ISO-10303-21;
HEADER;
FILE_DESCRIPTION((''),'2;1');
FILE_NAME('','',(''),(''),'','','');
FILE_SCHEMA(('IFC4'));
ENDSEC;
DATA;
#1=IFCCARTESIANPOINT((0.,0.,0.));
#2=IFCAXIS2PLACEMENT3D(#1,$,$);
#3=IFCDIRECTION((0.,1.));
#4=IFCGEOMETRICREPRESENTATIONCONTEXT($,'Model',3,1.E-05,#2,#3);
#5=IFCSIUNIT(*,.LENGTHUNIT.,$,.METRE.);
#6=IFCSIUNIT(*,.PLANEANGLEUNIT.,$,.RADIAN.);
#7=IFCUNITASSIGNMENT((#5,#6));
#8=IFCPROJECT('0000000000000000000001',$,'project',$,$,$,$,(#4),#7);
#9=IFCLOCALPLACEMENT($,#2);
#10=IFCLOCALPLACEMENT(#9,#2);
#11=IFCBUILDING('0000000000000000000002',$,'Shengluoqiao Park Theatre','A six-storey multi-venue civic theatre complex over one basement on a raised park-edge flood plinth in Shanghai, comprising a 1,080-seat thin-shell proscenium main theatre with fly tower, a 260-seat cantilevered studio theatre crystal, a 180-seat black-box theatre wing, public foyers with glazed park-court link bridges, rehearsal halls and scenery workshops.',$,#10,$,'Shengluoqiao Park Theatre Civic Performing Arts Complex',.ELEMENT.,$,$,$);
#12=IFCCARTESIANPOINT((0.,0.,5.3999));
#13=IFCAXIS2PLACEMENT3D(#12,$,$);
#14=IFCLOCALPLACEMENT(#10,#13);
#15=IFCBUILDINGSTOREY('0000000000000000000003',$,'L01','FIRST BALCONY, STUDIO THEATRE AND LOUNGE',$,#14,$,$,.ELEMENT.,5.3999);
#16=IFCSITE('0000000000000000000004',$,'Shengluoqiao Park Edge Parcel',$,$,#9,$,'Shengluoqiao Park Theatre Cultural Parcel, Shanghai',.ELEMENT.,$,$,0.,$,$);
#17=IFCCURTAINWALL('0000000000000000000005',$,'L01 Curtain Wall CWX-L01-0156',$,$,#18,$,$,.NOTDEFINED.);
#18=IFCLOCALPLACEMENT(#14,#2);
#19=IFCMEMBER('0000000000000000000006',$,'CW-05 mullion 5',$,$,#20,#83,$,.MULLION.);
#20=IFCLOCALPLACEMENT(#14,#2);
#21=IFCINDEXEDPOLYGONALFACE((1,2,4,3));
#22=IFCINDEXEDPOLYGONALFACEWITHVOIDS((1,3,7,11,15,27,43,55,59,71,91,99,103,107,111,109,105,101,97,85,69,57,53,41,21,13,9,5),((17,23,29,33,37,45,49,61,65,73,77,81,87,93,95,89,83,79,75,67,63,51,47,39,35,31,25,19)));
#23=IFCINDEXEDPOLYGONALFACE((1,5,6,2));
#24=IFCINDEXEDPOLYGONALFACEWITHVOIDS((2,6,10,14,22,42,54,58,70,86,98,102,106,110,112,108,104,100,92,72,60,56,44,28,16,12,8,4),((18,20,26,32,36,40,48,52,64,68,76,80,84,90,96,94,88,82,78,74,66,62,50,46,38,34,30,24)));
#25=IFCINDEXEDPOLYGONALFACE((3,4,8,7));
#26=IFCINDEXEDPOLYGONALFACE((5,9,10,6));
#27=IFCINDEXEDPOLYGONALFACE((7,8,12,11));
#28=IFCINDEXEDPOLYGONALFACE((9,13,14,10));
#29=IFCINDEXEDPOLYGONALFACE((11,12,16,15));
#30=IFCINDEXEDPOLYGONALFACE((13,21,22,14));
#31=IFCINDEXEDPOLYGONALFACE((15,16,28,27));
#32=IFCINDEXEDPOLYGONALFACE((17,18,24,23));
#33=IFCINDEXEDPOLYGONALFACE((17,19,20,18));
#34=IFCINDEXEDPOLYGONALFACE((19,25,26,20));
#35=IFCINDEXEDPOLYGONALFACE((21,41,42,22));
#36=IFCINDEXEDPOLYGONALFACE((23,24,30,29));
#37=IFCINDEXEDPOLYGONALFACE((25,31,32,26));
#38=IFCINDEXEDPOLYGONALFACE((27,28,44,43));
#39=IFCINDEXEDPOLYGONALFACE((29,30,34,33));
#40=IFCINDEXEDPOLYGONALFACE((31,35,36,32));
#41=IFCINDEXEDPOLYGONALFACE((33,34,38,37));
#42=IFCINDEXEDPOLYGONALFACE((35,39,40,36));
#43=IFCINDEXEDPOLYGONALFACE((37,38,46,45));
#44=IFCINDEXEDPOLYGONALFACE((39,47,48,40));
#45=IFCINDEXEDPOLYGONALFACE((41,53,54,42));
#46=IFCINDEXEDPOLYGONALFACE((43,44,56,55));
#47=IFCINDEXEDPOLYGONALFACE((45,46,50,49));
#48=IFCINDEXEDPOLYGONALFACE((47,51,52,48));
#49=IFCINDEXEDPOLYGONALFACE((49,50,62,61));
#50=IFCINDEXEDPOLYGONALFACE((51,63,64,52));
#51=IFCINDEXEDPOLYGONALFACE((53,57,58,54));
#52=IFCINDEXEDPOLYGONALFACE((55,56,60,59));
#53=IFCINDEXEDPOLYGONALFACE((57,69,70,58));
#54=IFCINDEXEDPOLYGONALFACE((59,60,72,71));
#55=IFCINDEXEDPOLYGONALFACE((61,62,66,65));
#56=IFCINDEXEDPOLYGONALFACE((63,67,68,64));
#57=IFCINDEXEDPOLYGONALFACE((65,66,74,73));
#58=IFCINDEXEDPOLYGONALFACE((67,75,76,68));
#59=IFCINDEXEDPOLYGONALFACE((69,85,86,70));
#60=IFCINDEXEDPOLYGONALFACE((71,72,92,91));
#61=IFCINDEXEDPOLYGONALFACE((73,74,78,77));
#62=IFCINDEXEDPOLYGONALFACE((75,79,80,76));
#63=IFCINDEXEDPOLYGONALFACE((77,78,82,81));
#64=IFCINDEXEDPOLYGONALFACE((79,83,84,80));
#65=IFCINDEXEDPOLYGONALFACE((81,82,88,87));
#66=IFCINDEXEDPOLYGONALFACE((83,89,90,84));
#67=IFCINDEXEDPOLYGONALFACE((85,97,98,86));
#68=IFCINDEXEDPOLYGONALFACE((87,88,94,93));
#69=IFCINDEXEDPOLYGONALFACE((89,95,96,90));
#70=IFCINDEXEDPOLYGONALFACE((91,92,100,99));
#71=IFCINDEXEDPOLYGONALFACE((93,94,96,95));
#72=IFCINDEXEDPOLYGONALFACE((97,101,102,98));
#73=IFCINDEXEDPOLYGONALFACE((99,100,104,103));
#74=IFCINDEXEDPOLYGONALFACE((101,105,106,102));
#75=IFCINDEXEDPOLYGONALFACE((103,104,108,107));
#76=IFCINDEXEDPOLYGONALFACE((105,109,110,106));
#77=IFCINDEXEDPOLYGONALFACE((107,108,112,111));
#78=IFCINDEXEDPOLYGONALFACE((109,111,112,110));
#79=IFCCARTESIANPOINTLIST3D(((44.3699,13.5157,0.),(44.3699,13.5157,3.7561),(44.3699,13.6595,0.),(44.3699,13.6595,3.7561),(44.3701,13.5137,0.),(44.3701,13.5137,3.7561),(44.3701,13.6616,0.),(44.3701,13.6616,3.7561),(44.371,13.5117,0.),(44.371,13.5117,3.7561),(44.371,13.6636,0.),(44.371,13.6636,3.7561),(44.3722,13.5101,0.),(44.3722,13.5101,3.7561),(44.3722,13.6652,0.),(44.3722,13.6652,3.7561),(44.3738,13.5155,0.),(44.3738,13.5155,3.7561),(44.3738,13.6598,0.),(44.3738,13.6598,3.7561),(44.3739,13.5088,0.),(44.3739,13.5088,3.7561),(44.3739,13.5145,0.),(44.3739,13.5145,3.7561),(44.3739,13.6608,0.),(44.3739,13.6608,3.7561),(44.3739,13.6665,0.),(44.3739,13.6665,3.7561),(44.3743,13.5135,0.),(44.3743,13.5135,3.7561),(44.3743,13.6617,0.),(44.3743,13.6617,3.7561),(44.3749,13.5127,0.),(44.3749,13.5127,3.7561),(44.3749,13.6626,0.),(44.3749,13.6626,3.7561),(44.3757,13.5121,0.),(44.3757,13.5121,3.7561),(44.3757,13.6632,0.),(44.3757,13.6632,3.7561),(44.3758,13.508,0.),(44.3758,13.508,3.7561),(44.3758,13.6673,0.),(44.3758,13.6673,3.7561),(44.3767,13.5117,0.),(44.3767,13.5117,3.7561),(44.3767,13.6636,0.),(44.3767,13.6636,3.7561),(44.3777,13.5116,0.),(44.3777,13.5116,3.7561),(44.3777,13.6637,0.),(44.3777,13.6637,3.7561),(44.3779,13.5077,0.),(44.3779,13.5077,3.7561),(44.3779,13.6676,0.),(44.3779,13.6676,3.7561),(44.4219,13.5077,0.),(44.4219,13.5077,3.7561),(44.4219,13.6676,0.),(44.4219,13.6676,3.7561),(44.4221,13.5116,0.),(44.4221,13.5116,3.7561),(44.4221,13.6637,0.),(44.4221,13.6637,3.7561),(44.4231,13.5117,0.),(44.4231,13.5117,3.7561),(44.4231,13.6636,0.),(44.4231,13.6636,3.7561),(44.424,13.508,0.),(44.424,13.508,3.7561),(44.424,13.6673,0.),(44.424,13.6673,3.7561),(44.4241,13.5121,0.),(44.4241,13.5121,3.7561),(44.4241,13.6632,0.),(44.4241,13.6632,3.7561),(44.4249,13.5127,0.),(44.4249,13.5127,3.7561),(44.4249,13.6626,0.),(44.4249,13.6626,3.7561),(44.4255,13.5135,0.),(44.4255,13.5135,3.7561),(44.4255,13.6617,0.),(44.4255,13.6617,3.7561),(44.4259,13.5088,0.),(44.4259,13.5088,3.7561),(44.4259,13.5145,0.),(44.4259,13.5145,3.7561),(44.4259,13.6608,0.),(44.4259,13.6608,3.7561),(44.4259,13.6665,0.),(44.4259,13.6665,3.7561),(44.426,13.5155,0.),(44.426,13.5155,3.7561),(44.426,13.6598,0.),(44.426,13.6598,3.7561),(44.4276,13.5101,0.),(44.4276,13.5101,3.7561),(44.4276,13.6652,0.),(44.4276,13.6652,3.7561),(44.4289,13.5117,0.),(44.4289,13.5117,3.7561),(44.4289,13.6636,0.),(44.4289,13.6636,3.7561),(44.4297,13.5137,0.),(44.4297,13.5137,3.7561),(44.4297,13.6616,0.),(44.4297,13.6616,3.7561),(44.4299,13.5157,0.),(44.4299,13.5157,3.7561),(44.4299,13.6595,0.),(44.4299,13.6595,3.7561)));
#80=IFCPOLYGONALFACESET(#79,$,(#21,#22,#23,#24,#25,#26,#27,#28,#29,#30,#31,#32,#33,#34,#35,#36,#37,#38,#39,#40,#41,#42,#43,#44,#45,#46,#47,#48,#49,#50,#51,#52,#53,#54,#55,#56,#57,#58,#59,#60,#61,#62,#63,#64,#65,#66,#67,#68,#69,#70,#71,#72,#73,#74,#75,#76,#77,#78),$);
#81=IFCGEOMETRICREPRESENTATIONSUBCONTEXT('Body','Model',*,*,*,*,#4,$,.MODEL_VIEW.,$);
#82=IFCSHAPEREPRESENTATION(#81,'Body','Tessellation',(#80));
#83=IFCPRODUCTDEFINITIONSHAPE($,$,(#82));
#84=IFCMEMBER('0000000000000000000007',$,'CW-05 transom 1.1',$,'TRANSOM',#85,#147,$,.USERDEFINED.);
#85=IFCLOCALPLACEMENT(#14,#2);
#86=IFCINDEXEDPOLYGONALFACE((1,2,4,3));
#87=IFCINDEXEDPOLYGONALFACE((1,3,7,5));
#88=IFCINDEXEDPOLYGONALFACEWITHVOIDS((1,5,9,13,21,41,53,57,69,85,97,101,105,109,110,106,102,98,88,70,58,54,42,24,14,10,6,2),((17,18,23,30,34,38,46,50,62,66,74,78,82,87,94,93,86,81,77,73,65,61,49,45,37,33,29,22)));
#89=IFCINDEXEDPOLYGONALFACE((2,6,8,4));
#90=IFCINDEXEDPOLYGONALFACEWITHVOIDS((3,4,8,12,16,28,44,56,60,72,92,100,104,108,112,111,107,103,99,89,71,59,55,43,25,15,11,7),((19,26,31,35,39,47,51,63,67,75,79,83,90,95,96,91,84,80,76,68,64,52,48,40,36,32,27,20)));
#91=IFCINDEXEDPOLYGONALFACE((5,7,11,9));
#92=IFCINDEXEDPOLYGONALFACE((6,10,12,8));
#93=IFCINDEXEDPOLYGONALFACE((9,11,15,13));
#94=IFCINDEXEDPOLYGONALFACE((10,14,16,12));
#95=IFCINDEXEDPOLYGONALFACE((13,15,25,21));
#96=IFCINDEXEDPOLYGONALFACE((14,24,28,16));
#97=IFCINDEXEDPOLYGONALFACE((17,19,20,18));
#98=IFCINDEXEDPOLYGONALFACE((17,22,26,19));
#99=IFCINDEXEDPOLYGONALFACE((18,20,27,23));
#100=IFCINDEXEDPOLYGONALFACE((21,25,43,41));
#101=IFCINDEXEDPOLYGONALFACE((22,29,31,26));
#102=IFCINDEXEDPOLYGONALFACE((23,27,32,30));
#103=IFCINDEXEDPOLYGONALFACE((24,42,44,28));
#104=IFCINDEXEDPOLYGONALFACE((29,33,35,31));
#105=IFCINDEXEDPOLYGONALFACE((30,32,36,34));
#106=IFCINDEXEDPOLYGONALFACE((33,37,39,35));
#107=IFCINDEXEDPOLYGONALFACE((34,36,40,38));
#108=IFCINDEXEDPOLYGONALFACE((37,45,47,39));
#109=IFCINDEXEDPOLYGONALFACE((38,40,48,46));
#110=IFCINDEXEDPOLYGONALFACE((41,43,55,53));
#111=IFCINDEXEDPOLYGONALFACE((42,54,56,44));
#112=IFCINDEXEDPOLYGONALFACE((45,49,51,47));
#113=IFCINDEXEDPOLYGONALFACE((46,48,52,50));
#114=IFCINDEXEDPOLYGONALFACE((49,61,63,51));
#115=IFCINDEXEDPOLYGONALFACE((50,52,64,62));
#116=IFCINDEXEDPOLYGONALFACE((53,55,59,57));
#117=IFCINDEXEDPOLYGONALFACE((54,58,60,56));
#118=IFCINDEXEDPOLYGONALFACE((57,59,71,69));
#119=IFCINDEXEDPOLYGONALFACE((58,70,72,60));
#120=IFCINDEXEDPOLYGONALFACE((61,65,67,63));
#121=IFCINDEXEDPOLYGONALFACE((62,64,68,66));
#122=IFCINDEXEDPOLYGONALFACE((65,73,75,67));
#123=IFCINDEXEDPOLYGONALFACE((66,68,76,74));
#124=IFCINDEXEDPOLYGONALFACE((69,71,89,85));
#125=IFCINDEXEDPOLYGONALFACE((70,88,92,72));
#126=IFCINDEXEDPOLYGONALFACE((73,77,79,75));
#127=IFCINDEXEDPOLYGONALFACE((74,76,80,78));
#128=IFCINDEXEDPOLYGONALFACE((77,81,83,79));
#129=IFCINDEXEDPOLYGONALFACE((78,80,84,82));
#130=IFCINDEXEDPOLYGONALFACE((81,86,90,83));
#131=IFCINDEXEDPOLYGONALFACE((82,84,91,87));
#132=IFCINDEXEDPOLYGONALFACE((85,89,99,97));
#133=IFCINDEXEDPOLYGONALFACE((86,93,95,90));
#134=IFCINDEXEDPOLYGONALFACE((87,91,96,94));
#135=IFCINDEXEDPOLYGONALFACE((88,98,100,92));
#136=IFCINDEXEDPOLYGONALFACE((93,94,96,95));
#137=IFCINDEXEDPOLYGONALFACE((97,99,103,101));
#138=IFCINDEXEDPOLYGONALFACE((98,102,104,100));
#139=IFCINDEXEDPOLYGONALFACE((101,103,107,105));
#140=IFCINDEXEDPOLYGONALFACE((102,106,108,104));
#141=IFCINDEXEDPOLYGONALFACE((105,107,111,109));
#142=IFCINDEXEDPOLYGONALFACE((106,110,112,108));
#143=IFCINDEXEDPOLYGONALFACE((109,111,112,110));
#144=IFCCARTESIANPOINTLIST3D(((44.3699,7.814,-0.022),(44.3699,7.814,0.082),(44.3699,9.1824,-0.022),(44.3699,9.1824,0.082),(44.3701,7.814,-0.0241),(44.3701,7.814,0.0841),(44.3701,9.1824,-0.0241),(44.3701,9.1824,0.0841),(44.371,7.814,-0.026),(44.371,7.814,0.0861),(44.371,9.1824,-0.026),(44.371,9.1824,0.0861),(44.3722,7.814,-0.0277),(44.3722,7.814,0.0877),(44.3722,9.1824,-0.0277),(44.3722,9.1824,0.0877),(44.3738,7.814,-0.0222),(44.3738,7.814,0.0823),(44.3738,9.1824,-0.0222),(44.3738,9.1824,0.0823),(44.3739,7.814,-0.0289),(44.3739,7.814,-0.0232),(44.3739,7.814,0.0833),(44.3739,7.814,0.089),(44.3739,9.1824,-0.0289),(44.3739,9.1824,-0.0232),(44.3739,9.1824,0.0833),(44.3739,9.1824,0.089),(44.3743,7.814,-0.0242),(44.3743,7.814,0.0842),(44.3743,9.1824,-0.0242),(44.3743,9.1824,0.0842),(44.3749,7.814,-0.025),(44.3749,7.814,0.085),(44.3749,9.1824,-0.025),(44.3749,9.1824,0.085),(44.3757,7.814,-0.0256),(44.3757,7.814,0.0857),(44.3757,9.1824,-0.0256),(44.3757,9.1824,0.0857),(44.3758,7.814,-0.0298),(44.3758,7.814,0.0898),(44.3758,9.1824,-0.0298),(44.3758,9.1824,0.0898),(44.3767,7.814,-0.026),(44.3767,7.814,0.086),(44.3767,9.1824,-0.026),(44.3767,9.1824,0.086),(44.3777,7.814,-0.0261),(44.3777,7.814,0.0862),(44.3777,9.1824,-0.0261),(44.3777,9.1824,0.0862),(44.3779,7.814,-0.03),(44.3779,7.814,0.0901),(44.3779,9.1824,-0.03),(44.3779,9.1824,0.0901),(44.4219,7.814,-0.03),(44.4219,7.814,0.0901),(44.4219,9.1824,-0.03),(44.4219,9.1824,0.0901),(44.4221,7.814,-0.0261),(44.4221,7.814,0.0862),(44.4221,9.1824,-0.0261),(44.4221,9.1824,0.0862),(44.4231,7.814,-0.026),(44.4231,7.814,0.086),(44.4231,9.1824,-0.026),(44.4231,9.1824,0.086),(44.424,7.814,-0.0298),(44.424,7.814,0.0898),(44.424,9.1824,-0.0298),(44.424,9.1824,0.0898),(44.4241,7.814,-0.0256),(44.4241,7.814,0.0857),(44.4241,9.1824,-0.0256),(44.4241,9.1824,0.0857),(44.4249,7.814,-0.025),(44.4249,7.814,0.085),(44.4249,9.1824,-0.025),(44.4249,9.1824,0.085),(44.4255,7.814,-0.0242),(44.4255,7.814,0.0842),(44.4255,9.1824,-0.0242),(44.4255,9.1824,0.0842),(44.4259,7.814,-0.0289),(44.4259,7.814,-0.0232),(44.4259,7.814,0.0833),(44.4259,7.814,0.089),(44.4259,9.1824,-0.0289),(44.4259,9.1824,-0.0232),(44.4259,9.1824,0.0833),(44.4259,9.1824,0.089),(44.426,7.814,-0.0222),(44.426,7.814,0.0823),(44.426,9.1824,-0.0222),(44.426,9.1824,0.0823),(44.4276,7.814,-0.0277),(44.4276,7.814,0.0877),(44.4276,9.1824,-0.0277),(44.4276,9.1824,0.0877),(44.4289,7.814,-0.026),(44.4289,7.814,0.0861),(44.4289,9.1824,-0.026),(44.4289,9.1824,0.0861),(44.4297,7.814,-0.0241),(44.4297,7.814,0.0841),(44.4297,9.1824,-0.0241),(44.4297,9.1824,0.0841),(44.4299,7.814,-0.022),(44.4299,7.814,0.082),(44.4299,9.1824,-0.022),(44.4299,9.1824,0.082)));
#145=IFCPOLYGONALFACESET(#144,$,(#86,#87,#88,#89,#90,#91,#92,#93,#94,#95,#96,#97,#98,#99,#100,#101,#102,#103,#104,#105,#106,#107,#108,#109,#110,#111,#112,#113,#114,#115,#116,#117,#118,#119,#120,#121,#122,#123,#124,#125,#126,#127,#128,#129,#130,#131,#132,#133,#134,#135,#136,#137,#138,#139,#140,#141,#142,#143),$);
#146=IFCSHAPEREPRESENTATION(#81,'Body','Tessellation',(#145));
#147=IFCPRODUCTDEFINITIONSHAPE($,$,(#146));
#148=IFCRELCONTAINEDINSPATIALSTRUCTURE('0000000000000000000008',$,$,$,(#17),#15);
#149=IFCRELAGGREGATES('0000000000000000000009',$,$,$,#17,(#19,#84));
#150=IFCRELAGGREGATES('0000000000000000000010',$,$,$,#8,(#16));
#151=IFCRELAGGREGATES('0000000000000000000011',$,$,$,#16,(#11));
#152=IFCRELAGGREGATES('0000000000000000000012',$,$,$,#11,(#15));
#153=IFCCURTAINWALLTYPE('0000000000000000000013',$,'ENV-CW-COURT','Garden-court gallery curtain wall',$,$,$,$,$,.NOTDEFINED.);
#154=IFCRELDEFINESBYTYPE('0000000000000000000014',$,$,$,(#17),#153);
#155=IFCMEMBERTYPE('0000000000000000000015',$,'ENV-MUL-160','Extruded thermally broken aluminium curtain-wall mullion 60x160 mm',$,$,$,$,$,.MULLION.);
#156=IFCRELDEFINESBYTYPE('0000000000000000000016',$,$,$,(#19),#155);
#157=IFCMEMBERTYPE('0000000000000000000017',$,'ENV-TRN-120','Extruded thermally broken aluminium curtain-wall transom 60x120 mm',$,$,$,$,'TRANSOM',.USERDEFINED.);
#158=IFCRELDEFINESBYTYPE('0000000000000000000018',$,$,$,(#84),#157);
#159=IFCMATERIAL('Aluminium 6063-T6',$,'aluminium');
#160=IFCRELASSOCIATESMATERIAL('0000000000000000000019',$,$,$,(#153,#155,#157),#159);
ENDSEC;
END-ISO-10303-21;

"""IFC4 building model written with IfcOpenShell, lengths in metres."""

from ifc_helpers import new_model, si_unit, direction, frame, origin, origin_2d, place, context, subcontext, project, spatial, hollow_rectangle, extrude, material, material_profile, profile_set, type_object, element, aggregate, save


model = new_model("IFC4")

# Units and contexts
model_context = context("Model", 3, precision=1e-05, world=origin(), true_north=direction((0.0, 1.0)))
body_context = subcontext(model_context, "Body", "Model", "MODEL_VIEW")
ifc_project = project(units=[si_unit("LENGTHUNIT", "METRE"), si_unit("PLANEANGLEUNIT", "RADIAN")], contexts=[model_context])

# Site, building, storey
site_placement = place(None, origin())
site = spatial("IfcSite", under=ifc_project, at=site_placement, Name="Shengluoqiao Park Edge Parcel", LongName="Shengluoqiao Park Theatre Cultural Parcel, Shanghai", CompositionType="ELEMENT", RefElevation=0.0)
building_placement = place(site_placement, origin())
building = spatial("IfcBuilding", under=site, at=building_placement, Name="Shengluoqiao Park Theatre", Description="A six-storey multi-venue civic theatre complex over one basement on a raised park-edge flood plinth in Shanghai, comprising a 1,080-seat thin-shell proscenium main theatre with fly tower, a 260-seat cantilevered studio theatre crystal, a 180-seat black-box theatre wing, public foyers with glazed park-court link bridges, rehearsal halls and scenery workshops.", LongName="Shengluoqiao Park Theatre Civic Performing Arts Complex", CompositionType="ELEMENT")
storey_placement = place(building_placement, frame((0.0, 0.0, 5.3999)))
storey = spatial("IfcBuildingStorey", under=building, at=storey_placement, Name="L01", Description="FIRST BALCONY, STUDIO THEATRE AND LOUNGE", CompositionType="ELEMENT", Elevation=5.3999)

# Curtain wall, members
ifc_material_1 = material(Name="Aluminium 6063-T6", Category="aluminium")
curtain_wall_type = type_object("IfcCurtainWallType", Name="ENV-CW-COURT", Description="Garden-court gallery curtain wall", PredefinedType="NOTDEFINED", material=ifc_material_1)
curtain_wall_placement = place(storey_placement, origin())
curtain_wall = element("IfcCurtainWall", 1, at=curtain_wall_placement, inside=storey, type_object=curtain_wall_type, Name="L01 Curtain Wall CWX-L01-0156", PredefinedType="NOTDEFINED")
ifc_material_profile_1 = material_profile(ifc_material_1, hollow_rectangle(XDim=0.0601, YDim=0.1599, WallThickness=0.0039, InnerFilletRadius=0.0039, OuterFilletRadius=0.0081, at=origin_2d()), Name="ALU MULLION 160x60x4")
ifc_profile_set_1 = profile_set([ifc_material_profile_1], Name="Aluminium 6063-T6")
member_type_1 = type_object("IfcMemberType", Name="ENV-MUL-160", Description="Extruded thermally broken aluminium curtain-wall mullion 60x160 mm", PredefinedType="MULLION", material=ifc_profile_set_1)
member_1_placement = place(storey_placement, frame((44.3999, 13.5876, 0.0), z_axis=(0.0, 0.0, 1.0), x_axis=(-1.0, 0.0, 0.0)))
member_1 = element("IfcMember", 2, at=member_1_placement, type_object=member_type_1, Name="CW-05 mullion 5", PredefinedType="MULLION", context=body_context, shape_type="SweptSolid", body=[
    extrude(hollow_rectangle(XDim=0.0601, YDim=0.1599, WallThickness=0.0039, InnerFilletRadius=0.0039, OuterFilletRadius=0.0081, at=origin_2d()), origin(), (0.0, 0.0, 1.0), 3.7561),
])
ifc_material_profile_2 = material_profile(ifc_material_1, hollow_rectangle(XDim=0.0601, YDim=0.1201, WallThickness=0.0039, InnerFilletRadius=0.0039, OuterFilletRadius=0.0081, at=origin_2d()), Name="ALU TRANSOM 120x60x4")
ifc_profile_set_2 = profile_set([ifc_material_profile_2], Name="Aluminium 6063-T6")
member_type_2 = type_object("IfcMemberType", Name="ENV-TRN-120", Description="Extruded thermally broken aluminium curtain-wall transom 60x120 mm", ElementType="TRANSOM", PredefinedType="USERDEFINED", material=ifc_profile_set_2)
member_2_placement = place(storey_placement, frame((44.3999, 7.814, 0.03), z_axis=(0.0, 1.0, 0.0), x_axis=(-1.0, 0.0, 0.0)))
member_2 = element("IfcMember", 3, at=member_2_placement, type_object=member_type_2, Name="CW-05 transom 1.1", ObjectType="TRANSOM", PredefinedType="USERDEFINED", context=body_context, shape_type="SweptSolid", body=[
    extrude(hollow_rectangle(XDim=0.0601, YDim=0.1201, WallThickness=0.0039, InnerFilletRadius=0.0039, OuterFilletRadius=0.0081, at=origin_2d()), origin(), (0.0, 0.0, 1.0), 1.3684),
])

aggregate(curtain_wall, [member_1, member_2])

save(model, "model.ifc")
